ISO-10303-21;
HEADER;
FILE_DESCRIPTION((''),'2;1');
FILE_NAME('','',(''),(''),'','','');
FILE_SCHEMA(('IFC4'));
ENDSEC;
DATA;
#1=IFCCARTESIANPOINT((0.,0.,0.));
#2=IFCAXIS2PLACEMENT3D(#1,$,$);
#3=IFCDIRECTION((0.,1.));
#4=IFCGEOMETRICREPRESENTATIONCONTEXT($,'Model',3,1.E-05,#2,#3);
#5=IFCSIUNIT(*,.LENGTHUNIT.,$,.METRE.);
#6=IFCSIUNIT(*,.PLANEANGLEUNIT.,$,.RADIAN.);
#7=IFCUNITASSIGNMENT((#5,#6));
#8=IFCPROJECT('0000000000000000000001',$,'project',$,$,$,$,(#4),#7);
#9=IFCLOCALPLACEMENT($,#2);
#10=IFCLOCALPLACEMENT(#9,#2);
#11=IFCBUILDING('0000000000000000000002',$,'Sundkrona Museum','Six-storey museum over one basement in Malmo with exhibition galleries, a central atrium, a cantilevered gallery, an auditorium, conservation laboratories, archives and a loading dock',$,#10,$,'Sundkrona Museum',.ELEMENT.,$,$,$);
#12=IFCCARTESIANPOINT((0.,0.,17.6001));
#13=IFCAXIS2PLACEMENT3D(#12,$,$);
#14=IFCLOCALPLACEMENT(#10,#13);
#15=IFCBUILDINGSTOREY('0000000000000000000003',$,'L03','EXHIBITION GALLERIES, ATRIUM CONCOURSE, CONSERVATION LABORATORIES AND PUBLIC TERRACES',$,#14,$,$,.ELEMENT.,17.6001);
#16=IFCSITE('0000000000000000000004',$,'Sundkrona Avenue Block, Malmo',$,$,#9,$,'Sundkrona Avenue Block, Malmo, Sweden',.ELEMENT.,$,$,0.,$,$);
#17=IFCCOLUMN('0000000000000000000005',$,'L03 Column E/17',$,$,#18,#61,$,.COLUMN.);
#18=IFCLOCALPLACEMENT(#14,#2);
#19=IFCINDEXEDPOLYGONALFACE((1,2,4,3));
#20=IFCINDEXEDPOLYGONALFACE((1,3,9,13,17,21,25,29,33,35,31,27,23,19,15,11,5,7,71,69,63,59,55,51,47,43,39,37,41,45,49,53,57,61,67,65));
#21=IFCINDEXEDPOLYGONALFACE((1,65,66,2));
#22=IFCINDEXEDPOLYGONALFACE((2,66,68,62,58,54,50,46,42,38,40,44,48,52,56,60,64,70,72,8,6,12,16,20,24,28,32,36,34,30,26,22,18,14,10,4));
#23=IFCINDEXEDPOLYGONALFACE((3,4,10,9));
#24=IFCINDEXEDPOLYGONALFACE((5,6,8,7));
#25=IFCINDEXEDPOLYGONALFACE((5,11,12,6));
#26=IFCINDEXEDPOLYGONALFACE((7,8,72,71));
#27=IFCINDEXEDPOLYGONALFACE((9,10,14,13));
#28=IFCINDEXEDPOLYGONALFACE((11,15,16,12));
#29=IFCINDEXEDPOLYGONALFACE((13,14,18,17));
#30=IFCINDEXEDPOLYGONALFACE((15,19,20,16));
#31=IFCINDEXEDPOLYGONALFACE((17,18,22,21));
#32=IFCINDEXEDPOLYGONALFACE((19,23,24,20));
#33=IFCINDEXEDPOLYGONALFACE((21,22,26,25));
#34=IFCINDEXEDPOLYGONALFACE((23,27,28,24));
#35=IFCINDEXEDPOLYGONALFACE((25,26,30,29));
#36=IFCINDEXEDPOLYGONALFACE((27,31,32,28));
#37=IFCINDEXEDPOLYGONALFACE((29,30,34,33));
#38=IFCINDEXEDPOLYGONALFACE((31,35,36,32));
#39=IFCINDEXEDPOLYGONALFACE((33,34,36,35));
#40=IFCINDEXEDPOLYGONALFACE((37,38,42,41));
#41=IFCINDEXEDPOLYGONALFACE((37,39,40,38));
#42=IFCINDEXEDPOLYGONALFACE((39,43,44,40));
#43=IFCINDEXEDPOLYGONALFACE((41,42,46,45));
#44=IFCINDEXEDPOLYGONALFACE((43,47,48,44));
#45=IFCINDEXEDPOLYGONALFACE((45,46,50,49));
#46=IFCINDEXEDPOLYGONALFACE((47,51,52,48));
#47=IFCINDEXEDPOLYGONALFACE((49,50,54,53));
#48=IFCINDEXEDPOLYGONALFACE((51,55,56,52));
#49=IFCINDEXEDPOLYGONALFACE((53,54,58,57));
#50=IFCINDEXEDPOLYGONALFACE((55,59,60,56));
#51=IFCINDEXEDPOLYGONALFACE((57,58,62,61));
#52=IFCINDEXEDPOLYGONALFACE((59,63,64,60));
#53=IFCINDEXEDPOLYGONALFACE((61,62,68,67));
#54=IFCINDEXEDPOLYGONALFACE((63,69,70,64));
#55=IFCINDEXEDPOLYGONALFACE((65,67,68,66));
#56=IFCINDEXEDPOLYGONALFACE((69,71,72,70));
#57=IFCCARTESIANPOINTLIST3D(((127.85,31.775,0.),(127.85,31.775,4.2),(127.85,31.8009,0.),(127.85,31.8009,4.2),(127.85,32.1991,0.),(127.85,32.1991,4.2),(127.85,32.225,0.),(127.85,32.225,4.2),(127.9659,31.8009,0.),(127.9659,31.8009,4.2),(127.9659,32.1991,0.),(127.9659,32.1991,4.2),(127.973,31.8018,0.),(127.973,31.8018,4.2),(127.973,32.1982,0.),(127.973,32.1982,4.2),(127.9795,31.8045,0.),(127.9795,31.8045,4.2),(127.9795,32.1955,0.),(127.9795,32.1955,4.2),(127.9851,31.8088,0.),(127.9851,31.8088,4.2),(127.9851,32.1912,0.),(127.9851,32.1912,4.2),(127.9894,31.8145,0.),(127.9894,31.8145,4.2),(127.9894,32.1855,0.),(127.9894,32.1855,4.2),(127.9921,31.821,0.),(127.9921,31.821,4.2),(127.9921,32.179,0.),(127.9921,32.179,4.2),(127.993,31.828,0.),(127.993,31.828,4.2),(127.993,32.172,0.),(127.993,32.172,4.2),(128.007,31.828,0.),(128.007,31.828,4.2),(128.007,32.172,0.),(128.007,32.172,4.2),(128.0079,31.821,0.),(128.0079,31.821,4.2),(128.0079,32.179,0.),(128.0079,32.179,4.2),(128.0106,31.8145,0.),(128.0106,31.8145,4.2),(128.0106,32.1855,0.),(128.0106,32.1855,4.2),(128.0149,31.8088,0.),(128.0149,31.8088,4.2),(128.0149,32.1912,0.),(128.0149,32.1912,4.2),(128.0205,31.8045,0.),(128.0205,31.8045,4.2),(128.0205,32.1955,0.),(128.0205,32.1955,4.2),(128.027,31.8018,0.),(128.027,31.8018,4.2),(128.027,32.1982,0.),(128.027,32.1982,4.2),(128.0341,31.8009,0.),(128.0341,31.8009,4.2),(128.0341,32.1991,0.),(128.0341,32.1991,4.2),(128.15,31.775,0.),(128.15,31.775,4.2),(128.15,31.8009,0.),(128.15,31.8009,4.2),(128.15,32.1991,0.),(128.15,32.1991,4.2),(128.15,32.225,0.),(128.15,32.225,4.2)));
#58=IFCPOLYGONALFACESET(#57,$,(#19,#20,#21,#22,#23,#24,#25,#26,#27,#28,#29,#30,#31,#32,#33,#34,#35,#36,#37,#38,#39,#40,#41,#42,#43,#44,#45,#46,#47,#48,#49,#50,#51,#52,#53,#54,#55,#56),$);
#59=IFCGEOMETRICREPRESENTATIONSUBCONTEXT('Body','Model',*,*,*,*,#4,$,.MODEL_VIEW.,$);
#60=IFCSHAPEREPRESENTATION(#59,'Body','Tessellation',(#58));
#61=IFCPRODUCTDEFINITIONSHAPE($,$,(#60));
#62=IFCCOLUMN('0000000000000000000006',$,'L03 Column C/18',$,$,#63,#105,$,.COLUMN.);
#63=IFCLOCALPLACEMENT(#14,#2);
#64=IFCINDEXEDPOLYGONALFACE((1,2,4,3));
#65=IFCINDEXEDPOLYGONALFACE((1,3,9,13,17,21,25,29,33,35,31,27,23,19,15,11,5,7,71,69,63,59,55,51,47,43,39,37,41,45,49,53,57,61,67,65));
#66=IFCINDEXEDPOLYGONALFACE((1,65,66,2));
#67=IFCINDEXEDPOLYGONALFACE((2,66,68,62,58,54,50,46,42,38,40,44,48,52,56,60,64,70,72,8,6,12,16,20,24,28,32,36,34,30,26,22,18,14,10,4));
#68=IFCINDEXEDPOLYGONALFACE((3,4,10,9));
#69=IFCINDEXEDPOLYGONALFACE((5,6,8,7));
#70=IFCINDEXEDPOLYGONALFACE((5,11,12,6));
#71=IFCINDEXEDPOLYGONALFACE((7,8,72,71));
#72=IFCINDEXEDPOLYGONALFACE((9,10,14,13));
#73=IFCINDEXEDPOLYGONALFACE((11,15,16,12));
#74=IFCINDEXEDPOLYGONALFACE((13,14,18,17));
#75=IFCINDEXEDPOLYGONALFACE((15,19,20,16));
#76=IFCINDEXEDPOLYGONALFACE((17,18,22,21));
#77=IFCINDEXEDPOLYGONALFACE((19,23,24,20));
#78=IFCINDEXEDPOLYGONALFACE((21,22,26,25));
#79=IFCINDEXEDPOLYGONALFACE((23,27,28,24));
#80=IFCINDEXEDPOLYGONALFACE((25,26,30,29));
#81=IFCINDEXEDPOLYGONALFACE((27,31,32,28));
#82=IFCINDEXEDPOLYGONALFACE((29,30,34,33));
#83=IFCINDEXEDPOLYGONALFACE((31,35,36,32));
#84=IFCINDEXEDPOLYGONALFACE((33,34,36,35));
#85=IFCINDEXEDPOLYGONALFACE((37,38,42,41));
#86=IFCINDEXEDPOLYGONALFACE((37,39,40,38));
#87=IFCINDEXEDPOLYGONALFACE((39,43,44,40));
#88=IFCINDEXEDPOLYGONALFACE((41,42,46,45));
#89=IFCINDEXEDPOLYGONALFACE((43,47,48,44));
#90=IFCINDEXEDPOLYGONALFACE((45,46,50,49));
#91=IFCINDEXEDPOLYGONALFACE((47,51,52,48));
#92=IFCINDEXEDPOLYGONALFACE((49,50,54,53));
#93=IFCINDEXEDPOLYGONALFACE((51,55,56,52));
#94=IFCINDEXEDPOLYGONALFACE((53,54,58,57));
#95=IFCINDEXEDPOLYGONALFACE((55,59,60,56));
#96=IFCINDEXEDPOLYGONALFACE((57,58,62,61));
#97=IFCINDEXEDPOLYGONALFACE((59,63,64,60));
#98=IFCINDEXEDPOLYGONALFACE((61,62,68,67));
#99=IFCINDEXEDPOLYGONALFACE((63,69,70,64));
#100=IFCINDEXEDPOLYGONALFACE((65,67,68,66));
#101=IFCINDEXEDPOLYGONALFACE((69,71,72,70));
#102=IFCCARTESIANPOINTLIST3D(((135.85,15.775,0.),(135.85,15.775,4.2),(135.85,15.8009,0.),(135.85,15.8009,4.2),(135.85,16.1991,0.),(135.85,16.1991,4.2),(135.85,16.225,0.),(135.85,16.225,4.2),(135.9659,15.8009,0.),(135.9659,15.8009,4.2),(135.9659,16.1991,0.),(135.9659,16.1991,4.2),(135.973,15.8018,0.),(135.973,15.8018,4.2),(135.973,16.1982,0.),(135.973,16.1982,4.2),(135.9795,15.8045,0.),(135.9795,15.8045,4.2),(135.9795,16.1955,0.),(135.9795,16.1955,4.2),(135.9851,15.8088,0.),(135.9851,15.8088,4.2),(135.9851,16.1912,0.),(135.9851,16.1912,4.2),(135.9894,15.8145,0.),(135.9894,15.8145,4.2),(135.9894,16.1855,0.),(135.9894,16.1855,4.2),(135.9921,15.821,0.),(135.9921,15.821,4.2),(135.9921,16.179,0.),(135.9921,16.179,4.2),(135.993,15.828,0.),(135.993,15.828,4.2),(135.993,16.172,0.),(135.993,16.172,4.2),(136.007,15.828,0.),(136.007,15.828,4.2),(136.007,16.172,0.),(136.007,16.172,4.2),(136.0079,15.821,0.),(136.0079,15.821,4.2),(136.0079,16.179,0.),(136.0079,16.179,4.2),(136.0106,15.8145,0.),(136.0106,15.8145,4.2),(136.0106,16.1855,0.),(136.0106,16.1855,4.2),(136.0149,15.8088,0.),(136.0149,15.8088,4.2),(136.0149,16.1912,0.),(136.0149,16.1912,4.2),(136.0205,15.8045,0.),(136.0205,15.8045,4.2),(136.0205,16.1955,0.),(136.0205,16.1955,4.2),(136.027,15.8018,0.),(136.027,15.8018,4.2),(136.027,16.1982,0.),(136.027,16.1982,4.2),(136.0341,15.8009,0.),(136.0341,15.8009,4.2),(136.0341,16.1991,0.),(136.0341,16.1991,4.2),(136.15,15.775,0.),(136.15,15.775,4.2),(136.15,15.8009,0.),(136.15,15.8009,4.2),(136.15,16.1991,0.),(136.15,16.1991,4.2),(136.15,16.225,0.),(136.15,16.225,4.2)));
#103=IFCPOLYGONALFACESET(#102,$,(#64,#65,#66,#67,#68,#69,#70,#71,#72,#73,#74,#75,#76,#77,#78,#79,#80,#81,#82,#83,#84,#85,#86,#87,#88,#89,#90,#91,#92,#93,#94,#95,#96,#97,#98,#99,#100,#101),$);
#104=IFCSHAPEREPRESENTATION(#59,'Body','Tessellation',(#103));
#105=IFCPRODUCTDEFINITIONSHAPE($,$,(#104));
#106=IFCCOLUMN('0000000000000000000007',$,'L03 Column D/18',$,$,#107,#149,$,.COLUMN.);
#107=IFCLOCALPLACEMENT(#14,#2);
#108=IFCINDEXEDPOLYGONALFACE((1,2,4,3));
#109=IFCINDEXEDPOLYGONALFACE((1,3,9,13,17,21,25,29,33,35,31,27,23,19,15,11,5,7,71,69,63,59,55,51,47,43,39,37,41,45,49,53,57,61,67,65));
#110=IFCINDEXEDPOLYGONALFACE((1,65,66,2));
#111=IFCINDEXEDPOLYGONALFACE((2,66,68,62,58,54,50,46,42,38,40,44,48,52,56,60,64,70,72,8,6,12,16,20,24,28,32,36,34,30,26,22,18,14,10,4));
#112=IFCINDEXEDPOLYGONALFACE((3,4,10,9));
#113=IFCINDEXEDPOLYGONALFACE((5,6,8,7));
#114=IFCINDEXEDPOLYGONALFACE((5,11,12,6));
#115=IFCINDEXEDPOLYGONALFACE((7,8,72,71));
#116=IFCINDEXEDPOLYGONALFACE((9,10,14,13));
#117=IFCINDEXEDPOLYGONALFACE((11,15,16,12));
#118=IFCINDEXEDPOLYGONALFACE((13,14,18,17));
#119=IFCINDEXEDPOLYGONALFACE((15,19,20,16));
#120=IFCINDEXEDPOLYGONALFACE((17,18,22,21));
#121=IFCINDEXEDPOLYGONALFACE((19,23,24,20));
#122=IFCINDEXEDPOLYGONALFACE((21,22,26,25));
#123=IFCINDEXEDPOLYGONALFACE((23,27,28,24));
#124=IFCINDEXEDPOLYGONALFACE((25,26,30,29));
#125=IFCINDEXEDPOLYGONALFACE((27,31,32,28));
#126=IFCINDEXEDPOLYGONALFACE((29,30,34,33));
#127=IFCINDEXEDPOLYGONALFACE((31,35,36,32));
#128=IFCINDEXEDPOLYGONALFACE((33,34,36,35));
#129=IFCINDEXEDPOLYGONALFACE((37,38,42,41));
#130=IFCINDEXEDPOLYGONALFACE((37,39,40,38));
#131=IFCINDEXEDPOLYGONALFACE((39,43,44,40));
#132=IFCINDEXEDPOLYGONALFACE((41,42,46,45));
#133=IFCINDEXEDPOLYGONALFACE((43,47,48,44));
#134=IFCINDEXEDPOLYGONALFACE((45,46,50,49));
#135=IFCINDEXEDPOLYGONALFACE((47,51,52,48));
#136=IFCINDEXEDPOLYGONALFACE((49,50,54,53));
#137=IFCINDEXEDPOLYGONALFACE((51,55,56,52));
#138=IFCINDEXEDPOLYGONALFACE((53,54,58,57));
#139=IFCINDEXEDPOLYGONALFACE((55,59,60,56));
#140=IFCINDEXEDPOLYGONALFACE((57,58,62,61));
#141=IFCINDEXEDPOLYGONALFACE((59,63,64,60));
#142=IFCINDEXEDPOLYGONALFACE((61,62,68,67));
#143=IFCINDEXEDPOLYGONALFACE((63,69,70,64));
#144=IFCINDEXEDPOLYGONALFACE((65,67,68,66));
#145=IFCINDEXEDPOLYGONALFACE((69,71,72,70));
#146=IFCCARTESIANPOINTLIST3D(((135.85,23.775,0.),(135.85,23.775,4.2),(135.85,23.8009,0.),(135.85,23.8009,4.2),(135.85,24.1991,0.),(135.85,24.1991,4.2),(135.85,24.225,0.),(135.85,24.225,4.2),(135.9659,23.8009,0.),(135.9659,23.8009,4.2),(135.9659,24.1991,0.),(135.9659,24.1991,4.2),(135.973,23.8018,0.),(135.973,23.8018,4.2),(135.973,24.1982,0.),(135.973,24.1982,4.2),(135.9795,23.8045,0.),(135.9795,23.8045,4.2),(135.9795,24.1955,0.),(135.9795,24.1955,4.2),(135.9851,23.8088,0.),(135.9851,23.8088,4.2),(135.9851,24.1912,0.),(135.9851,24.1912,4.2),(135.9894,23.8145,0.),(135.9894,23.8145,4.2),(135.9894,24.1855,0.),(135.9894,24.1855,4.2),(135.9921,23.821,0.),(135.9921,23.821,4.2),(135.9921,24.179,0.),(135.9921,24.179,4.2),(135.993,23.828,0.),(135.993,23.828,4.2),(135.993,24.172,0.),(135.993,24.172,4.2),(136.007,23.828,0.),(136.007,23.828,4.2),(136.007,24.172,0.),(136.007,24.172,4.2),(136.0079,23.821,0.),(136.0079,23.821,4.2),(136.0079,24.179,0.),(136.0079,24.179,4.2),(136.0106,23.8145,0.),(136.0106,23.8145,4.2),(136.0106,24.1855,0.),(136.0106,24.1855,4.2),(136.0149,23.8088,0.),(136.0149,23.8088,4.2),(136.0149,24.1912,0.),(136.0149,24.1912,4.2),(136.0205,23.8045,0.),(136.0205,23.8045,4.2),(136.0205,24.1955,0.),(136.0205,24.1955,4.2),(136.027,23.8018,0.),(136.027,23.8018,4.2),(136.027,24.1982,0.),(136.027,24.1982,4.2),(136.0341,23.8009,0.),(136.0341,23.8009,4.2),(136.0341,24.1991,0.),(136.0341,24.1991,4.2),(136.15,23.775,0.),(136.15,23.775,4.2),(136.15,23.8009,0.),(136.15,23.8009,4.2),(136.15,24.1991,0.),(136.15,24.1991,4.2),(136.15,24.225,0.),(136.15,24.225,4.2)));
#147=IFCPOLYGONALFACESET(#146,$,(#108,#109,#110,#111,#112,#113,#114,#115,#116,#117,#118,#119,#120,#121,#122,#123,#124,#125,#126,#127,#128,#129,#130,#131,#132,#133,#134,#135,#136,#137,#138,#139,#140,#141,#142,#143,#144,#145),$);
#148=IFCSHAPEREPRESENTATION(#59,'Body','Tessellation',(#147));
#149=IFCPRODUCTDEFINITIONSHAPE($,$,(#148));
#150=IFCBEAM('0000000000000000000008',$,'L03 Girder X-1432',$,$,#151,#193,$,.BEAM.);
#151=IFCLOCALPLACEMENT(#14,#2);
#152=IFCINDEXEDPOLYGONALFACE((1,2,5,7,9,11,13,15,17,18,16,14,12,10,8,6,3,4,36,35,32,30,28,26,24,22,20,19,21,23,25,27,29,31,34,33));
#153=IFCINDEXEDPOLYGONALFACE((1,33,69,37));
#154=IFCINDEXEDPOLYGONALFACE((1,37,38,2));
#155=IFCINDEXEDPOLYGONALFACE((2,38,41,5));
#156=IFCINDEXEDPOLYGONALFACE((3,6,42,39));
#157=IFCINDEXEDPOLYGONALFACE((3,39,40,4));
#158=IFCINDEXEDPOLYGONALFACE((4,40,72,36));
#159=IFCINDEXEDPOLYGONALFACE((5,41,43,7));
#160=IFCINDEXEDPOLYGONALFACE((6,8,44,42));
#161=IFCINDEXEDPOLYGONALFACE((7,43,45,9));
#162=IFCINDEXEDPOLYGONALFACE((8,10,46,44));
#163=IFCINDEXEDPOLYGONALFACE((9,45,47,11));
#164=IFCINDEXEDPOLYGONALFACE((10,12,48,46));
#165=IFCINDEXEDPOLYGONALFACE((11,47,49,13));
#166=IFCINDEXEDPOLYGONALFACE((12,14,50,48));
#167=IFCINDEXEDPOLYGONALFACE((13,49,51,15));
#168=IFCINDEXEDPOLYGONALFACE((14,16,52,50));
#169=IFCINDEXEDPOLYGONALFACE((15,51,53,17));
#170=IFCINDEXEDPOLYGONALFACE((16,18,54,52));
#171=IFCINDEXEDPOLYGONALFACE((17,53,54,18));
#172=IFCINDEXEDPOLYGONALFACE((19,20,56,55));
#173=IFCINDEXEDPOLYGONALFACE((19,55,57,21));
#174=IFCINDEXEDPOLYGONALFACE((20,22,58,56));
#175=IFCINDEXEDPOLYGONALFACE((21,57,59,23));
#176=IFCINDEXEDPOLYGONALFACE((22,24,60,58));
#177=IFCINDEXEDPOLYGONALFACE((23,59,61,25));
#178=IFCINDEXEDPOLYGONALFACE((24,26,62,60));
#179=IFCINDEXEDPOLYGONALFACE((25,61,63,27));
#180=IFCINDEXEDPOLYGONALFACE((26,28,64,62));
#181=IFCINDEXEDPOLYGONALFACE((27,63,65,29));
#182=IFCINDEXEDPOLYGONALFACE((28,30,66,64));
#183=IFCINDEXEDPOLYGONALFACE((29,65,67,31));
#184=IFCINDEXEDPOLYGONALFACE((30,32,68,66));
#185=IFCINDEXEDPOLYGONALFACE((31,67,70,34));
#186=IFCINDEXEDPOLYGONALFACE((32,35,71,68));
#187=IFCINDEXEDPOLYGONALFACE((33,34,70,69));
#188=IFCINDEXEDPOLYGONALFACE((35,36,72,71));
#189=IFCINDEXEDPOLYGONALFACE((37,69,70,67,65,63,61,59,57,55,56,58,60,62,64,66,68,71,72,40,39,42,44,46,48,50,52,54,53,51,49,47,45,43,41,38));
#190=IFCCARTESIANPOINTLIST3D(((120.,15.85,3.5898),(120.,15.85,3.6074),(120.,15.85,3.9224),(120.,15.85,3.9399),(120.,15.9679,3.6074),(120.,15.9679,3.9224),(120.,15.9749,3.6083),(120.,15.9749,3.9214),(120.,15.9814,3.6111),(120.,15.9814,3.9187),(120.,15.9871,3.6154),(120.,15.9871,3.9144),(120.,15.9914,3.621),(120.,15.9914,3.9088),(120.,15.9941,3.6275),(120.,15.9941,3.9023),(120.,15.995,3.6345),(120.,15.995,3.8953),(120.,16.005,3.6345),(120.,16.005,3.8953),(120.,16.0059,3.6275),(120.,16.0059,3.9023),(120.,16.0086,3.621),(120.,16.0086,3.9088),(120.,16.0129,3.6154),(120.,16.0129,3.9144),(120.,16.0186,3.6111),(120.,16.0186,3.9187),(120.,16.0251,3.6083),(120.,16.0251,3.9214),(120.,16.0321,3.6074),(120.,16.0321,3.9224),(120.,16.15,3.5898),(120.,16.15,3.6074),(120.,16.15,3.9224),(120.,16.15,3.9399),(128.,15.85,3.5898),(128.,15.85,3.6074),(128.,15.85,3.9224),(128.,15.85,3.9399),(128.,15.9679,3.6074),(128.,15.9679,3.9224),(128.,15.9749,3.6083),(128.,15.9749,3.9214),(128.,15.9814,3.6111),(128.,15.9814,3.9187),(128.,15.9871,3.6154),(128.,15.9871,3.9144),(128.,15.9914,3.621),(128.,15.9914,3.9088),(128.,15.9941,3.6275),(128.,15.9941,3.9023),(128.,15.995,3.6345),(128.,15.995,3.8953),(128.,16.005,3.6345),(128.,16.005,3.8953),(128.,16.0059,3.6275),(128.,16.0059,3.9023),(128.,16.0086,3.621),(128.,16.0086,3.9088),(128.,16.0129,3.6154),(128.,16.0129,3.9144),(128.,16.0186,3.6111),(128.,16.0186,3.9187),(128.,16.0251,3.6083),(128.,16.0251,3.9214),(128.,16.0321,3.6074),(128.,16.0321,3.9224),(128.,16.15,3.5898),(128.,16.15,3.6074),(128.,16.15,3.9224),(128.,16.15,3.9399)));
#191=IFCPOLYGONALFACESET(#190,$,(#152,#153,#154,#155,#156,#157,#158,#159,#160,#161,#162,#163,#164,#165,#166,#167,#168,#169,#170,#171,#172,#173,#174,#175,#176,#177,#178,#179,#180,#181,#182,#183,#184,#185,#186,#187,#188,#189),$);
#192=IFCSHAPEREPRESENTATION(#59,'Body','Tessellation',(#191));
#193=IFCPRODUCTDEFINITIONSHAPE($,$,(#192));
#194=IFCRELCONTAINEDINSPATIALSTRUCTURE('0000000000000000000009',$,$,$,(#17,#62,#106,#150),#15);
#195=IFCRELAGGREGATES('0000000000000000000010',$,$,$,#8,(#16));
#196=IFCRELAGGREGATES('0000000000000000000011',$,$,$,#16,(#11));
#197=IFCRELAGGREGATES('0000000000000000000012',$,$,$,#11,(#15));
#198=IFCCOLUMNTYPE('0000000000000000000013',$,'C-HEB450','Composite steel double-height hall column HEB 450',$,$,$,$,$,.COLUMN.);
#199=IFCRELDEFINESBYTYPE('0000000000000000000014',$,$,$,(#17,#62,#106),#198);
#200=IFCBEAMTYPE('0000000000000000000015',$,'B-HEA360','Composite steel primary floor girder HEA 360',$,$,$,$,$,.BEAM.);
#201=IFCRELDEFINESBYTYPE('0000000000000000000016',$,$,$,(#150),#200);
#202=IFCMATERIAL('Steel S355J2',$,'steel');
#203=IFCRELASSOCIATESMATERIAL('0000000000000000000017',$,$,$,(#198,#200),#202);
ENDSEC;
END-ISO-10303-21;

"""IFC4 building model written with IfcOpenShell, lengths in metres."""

from ifc_helpers import new_model, si_unit, direction, frame, origin, origin_2d, place, context, subcontext, project, spatial, i_section, extrude, material, material_profile, profile_set, type_object, element, save


model = new_model("IFC4")

# Units and contexts
model_context = context("Model", 3, precision=1e-05, world=origin(), true_north=direction((0.0, 1.0)))
body_context = subcontext(model_context, "Body", "Model", "MODEL_VIEW")
ifc_project = project(units=[si_unit("LENGTHUNIT", "METRE"), si_unit("PLANEANGLEUNIT", "RADIAN")], contexts=[model_context])

# Site, building, storey
site_placement = place(None, origin())
site = spatial("IfcSite", under=ifc_project, at=site_placement, Name="Sundkrona Avenue Block, Malmo", LongName="Sundkrona Avenue Block, Malmo, Sweden", CompositionType="ELEMENT", RefElevation=0.0)
building_placement = place(site_placement, origin())
building = spatial("IfcBuilding", under=site, at=building_placement, Name="Sundkrona Museum", Description="Six-storey museum over one basement in Malmo with exhibition galleries, a central atrium, a cantilevered gallery, an auditorium, conservation laboratories, archives and a loading dock", LongName="Sundkrona Museum", CompositionType="ELEMENT")
storey_placement = place(building_placement, frame((0.0, 0.0, 17.6001)))
storey = spatial("IfcBuildingStorey", under=building, at=storey_placement, Name="L03", Description="EXHIBITION GALLERIES, ATRIUM CONCOURSE, CONSERVATION LABORATORIES AND PUBLIC TERRACES", CompositionType="ELEMENT", Elevation=17.6001)

# Columns
ifc_material_1 = material(Name="Steel S355J2", Category="steel")
ifc_material_profile_1 = material_profile(ifc_material_1, i_section(OverallWidth=0.3, OverallDepth=0.45, WebThickness=0.0139, FlangeThickness=0.0259, FilletRadius=0.0271, at=origin_2d()), Name="HEB 450")
ifc_profile_set_1 = profile_set([ifc_material_profile_1], Name="Steel S355J2")
column_type = type_object("IfcColumnType", Name="C-HEB450", Description="Composite steel double-height hall column HEB 450", PredefinedType="COLUMN", material=ifc_profile_set_1)
for number, where, z_axis, x_axis, name in (
    (1, (128.0, 32.0, 0.0), (0.0, 0.0, 1.0), (1.0, 0.0, 0.0), "L03 Column E/17"),
    (2, (136.0, 16.0, 0.0), (0.0, 0.0, 1.0), (1.0, 0.0, 0.0), "L03 Column C/18"),
    (3, (136.0, 24.0, 0.0), (0.0, 0.0, 1.0), (1.0, 0.0, 0.0), "L03 Column D/18"),
):
    element("IfcColumn", number, at=place(storey_placement, frame(where, z_axis=z_axis, x_axis=x_axis)), inside=storey, type_object=column_type, Name=name, PredefinedType="COLUMN", context=body_context, shape_type="SweptSolid", body=[
        extrude(i_section(OverallWidth=0.3, OverallDepth=0.45, WebThickness=0.0139, FlangeThickness=0.0259, FilletRadius=0.0271, at=origin_2d()), origin(), (0.0, 0.0, 1.0), 4.2),
    ])

# Beam
ifc_material_profile_2 = material_profile(ifc_material_1, i_section(OverallWidth=0.3, OverallDepth=0.3501, WebThickness=0.01, FlangeThickness=0.0176, FilletRadius=0.0271, at=origin_2d()), Name="HEA 360")
ifc_profile_set_2 = profile_set([ifc_material_profile_2], Name="Steel S355J2")
beam_type_1 = type_object("IfcBeamType", Name="B-HEA360", Description="Composite steel primary floor girder HEA 360", PredefinedType="BEAM", material=ifc_profile_set_2)
for number, where, z_axis, x_axis, name in (
    (4, (120.0, 16.0, 3.7649), (1.0, 0.0, 0.0), (0.0, 1.0, 0.0), "L03 Girder X-1432"),
):
    element("IfcBeam", number, at=place(storey_placement, frame(where, z_axis=z_axis, x_axis=x_axis)), inside=storey, type_object=beam_type_1, Name=name, PredefinedType="BEAM", context=body_context, shape_type="SweptSolid", body=[
        extrude(i_section(OverallWidth=0.3, OverallDepth=0.3501, WebThickness=0.01, FlangeThickness=0.0176, FilletRadius=0.0271, at=origin_2d()), origin(), (0.0, 0.0, 1.0), 8.0),
    ])

save(model, "model.ifc")
